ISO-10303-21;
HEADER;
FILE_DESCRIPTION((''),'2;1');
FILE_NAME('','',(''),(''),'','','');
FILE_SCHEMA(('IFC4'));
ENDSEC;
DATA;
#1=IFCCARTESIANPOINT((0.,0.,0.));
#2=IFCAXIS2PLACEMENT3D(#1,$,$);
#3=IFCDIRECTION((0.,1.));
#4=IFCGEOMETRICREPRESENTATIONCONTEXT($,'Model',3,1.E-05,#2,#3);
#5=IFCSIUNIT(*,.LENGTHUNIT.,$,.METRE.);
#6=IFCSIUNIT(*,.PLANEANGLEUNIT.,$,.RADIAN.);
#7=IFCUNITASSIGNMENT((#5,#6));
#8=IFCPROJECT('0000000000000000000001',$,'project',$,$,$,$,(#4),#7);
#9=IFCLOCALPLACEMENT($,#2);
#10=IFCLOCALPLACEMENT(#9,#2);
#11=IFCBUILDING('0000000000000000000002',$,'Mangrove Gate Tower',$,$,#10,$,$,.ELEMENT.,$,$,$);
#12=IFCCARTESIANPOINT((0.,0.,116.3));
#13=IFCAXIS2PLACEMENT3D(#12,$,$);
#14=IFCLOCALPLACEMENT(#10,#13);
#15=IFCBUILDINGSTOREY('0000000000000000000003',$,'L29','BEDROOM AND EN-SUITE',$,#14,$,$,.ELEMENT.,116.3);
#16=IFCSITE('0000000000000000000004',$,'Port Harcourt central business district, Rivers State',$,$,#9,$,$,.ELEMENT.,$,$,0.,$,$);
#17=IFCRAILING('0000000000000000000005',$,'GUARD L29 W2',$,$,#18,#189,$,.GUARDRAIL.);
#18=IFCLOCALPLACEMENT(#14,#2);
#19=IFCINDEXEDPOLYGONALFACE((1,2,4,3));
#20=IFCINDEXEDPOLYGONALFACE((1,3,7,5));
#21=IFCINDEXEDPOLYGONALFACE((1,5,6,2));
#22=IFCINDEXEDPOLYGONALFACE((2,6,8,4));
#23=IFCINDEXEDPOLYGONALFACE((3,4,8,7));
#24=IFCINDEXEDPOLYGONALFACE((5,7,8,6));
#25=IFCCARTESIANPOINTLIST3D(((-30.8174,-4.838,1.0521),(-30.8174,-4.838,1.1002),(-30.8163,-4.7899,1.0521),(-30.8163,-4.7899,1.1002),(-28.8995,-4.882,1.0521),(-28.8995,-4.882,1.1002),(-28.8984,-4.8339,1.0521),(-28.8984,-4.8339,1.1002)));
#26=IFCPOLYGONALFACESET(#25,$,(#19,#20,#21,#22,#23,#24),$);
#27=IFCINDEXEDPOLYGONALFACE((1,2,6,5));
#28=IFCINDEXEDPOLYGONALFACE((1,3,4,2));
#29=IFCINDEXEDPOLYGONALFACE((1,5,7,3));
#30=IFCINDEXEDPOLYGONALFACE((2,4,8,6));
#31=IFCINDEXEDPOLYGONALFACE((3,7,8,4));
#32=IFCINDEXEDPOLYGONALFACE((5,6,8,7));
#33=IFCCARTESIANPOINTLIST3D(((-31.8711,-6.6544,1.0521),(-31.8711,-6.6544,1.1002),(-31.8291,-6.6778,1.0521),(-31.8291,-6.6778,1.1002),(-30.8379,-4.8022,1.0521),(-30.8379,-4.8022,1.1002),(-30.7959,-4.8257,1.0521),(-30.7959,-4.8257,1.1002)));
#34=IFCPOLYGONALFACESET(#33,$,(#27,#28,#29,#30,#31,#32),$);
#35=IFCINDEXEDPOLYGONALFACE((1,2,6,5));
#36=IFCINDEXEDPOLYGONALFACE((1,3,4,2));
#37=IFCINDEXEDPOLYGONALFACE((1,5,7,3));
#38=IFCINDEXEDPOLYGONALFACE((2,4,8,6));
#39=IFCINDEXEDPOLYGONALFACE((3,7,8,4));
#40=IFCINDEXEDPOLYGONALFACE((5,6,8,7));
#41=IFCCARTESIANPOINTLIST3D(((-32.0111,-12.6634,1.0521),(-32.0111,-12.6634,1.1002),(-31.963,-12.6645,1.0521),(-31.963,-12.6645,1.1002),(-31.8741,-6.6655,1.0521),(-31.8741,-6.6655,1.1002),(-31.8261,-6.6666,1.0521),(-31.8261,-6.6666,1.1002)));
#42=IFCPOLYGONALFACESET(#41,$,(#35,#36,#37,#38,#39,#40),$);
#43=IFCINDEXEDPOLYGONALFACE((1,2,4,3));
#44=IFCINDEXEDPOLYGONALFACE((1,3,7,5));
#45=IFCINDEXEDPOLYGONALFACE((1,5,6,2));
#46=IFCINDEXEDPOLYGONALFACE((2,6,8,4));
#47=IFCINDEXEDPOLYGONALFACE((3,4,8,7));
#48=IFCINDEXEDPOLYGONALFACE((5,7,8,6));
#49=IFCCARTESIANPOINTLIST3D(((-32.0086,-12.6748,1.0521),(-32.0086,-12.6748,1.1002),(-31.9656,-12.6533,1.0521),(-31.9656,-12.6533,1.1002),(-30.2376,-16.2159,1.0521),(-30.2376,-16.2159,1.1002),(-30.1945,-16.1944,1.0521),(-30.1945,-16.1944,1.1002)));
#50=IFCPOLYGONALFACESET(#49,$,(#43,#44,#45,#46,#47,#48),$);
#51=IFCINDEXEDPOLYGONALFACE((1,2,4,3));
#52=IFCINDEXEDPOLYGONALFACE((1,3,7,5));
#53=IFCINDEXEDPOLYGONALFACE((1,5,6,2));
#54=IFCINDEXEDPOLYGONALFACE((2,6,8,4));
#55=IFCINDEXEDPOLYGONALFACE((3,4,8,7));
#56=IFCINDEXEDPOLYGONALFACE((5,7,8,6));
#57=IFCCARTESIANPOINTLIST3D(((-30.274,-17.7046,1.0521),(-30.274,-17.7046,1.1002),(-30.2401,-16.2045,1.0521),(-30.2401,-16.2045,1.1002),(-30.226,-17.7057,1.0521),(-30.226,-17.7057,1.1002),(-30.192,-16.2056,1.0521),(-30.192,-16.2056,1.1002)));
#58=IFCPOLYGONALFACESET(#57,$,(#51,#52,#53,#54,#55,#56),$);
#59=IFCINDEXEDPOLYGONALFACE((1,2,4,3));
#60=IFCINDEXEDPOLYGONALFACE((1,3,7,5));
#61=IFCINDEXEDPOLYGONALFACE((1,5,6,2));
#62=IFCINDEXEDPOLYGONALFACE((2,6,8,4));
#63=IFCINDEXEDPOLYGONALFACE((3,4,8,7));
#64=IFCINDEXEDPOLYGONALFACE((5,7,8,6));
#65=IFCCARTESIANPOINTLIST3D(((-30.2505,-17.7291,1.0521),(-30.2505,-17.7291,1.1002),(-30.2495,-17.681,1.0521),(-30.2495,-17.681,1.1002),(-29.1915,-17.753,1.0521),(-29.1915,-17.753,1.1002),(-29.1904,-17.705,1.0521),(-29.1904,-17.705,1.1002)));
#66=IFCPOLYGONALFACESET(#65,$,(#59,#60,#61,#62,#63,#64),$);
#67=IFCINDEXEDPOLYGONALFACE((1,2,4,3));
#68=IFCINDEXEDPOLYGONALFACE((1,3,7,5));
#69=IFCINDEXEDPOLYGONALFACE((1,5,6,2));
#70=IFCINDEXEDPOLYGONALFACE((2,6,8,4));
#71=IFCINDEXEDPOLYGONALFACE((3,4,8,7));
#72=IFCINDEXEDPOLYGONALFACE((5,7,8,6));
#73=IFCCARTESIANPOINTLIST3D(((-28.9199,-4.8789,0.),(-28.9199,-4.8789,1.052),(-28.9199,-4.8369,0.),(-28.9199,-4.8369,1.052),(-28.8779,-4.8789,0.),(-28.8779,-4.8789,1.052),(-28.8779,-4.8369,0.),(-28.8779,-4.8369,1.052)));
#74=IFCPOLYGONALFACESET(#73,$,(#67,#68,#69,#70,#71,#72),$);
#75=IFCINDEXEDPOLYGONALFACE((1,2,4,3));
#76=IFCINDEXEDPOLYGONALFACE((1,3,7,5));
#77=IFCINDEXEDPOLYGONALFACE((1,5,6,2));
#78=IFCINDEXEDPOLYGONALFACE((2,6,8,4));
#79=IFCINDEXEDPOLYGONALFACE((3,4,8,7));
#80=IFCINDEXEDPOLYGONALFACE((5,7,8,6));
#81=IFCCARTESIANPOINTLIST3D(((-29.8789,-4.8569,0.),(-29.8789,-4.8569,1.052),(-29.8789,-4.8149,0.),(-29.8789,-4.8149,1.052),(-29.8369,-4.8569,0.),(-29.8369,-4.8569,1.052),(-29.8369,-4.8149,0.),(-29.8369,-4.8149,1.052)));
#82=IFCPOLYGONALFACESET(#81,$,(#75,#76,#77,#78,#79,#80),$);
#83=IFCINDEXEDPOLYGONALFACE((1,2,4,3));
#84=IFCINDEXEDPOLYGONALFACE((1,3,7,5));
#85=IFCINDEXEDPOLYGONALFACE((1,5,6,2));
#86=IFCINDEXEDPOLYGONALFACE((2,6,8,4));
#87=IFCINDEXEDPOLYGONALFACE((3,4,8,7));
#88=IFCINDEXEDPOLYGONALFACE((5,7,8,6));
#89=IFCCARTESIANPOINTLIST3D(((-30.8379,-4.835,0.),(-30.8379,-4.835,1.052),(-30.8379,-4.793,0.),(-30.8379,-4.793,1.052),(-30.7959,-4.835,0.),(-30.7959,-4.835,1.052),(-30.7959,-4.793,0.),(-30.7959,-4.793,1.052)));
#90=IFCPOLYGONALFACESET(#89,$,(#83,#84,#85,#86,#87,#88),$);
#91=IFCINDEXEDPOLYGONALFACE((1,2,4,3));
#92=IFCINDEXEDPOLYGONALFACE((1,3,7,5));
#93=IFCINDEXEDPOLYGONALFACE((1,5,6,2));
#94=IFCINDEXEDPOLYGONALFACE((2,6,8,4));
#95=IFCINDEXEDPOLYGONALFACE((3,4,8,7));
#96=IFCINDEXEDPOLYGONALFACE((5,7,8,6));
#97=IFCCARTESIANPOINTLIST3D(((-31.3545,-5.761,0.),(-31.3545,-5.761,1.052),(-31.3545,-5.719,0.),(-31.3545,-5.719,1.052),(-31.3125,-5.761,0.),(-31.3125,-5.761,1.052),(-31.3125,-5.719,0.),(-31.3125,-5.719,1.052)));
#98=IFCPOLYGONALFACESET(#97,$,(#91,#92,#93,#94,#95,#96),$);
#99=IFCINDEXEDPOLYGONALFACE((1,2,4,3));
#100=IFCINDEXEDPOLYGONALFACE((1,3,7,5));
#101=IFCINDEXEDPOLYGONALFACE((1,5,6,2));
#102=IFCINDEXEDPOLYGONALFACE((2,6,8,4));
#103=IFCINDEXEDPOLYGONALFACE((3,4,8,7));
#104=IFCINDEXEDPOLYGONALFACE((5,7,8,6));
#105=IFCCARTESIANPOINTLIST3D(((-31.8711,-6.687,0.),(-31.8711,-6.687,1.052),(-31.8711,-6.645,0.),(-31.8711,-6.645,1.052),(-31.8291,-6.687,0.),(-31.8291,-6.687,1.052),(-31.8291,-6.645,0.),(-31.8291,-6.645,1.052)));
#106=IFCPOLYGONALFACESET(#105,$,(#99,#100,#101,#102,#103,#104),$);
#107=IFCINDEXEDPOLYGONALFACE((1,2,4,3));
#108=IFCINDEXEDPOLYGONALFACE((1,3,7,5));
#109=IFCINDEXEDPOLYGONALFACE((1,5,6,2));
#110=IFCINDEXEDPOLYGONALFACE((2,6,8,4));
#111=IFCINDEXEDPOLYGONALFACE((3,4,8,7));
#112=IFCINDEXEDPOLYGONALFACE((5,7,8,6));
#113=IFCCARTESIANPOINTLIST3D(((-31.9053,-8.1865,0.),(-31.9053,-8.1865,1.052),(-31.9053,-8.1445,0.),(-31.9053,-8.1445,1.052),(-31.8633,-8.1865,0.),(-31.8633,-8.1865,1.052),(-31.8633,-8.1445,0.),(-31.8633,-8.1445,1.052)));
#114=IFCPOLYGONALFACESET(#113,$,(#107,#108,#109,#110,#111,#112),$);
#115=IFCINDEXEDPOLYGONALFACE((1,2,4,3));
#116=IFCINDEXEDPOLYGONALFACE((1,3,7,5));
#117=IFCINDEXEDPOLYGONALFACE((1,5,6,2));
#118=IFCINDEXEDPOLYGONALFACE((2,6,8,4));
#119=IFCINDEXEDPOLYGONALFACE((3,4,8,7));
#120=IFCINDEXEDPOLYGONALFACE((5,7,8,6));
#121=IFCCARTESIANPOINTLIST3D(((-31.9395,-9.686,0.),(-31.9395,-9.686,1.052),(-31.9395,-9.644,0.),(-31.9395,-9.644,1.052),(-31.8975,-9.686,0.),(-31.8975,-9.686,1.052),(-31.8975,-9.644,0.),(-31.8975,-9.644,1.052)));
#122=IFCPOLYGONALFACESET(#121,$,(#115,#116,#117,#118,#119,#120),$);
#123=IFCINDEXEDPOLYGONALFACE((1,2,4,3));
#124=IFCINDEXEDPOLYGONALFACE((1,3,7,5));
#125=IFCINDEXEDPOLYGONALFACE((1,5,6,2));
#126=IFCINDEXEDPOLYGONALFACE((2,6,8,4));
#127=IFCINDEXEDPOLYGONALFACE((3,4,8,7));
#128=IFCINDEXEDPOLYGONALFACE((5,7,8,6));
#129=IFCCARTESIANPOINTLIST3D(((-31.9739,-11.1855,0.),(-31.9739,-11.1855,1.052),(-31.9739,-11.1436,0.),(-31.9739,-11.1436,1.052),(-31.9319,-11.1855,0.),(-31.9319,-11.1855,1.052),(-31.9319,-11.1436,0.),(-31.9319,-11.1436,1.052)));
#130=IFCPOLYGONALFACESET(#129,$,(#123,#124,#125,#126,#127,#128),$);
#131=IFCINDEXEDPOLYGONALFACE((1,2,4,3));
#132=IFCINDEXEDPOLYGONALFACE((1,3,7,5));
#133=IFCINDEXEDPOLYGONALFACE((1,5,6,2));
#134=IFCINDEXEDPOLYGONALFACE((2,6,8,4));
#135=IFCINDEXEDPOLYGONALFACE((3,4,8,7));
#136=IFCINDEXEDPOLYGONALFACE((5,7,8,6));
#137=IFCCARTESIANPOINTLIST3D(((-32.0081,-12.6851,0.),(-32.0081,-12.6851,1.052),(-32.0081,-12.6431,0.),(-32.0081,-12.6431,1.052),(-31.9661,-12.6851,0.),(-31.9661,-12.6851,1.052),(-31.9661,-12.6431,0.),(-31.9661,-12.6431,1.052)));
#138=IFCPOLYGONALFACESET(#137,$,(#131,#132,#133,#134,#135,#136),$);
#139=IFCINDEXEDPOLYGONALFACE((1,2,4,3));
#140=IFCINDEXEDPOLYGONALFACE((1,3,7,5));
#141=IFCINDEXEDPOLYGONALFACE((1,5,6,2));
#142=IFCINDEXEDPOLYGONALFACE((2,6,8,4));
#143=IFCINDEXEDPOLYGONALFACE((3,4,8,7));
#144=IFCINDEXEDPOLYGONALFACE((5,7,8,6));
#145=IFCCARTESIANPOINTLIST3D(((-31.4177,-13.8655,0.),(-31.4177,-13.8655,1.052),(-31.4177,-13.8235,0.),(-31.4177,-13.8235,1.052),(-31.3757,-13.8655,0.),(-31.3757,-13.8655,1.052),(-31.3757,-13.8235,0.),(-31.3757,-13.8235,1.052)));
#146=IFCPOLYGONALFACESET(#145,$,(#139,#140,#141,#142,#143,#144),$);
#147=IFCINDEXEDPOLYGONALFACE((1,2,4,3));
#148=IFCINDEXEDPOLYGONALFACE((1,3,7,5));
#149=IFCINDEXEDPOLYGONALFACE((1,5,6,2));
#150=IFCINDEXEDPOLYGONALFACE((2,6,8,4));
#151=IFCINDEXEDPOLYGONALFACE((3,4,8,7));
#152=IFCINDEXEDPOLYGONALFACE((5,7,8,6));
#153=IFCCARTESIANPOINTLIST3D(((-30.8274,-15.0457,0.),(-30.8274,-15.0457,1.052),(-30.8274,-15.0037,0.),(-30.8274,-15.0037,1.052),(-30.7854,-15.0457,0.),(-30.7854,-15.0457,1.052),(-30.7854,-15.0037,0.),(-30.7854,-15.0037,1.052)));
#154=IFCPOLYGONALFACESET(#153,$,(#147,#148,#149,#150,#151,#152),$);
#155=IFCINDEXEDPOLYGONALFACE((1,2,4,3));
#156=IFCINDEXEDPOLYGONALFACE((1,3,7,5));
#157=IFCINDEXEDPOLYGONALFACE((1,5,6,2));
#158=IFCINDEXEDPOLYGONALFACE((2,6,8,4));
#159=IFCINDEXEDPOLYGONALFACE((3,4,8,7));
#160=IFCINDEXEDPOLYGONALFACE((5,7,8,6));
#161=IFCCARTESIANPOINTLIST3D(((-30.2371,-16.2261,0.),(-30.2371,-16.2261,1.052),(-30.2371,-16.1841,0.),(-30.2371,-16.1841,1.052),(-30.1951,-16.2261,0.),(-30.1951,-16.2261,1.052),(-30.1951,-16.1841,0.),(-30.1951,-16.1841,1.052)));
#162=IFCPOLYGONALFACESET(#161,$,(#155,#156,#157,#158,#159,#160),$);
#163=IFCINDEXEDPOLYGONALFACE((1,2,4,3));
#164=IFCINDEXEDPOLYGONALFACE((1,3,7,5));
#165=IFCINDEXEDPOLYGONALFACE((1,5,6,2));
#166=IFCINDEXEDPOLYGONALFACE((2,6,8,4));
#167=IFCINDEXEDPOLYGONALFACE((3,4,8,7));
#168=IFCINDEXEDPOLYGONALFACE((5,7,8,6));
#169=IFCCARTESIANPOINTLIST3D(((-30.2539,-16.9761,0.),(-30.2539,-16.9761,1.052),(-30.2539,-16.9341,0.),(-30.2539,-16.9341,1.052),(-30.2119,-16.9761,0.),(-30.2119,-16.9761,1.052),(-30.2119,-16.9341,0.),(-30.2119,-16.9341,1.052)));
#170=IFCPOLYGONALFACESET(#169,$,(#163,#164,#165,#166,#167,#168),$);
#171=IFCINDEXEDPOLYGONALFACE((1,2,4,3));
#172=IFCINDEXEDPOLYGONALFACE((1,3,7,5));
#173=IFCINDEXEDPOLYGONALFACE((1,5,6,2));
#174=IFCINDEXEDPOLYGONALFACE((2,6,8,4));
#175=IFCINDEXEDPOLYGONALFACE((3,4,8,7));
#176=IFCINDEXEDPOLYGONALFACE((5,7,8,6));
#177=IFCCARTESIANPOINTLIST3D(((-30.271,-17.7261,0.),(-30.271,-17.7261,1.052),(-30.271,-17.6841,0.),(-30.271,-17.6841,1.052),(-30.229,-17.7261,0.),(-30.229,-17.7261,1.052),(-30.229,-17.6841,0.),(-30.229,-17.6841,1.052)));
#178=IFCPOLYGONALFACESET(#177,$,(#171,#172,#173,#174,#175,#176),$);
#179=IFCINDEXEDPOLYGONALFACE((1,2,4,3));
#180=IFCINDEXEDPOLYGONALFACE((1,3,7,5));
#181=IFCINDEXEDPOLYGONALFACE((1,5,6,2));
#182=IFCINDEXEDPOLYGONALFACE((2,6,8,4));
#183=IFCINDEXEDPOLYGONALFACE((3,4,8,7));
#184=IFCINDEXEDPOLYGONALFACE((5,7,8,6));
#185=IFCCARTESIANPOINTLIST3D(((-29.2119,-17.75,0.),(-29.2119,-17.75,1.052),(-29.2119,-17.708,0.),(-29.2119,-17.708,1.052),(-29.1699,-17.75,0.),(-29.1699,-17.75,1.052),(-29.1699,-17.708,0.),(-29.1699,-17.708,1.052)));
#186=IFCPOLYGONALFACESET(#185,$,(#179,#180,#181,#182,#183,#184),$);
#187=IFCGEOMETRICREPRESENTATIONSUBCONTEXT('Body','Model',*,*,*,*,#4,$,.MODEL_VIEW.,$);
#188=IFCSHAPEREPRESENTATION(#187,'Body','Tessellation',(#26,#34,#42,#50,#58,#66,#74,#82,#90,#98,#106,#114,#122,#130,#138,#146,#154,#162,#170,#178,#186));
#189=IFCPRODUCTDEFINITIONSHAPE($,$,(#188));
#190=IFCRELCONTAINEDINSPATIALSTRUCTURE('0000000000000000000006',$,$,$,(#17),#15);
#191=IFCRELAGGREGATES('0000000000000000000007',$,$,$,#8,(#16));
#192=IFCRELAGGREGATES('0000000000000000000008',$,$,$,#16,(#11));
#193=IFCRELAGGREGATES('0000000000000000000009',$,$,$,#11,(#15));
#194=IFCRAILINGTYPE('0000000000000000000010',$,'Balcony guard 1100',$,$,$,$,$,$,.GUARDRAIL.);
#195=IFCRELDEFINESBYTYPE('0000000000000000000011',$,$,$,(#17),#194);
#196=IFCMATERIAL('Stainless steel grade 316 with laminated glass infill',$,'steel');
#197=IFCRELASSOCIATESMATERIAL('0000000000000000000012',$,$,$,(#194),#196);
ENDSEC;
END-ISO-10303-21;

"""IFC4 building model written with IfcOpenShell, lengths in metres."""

from ifc_helpers import new_model, si_unit, direction, frame, origin, origin_2d, place, context, subcontext, project, spatial, rectangle, extrude, material, type_object, element, save


model = new_model("IFC4")

# Units and contexts
model_context = context("Model", 3, precision=1e-05, world=origin(), true_north=direction((0.0, 1.0)))
body_context = subcontext(model_context, "Body", "Model", "MODEL_VIEW")
ifc_project = project(units=[si_unit("LENGTHUNIT", "METRE"), si_unit("PLANEANGLEUNIT", "RADIAN")], contexts=[model_context])

# Site, building, storey
site_placement = place(None, origin())
site = spatial("IfcSite", under=ifc_project, at=site_placement, Name="Port Harcourt central business district, Rivers State", CompositionType="ELEMENT", RefElevation=0.0)
building_placement = place(site_placement, origin())
building = spatial("IfcBuilding", under=site, at=building_placement, Name="Mangrove Gate Tower", CompositionType="ELEMENT")
storey_placement = place(building_placement, frame((0.0, 0.0, 116.3)))
storey = spatial("IfcBuildingStorey", under=building, at=storey_placement, Name="L29", Description="BEDROOM AND EN-SUITE", CompositionType="ELEMENT", Elevation=116.3)

# Railing
ifc_material_1 = material(Name="Stainless steel grade 316 with laminated glass infill", Category="steel")
railing_type = type_object("IfcRailingType", Name="Balcony guard 1100", PredefinedType="GUARDRAIL", material=ifc_material_1)
railing_placement = place(storey_placement, frame((-28.8989, -4.8579, 0.0)))
element("IfcRailing", 1, at=railing_placement, inside=storey, type_object=railing_type, Name="GUARD L29 W2", PredefinedType="GUARDRAIL", context=body_context, shape_type="SweptSolid", body=[
    extrude(rectangle(XDim=0.0481, YDim=0.0481, at=origin_2d()), frame((0.0, 0.0, 1.0762), z_axis=(-0.999738, 0.022906, 0.0), x_axis=(-0.022906, -0.999738, 0.0)), (0.0, 0.0, 1.0), 1.9185),
    extrude(rectangle(XDim=0.0481, YDim=0.0481, at=origin_2d()), frame((-1.918, 0.0439, 1.0762), z_axis=(-0.487187, -0.873298, 0.0), x_axis=(0.873298, -0.487187, 0.0)), (0.0, 0.0, 1.0), 2.1208),
    extrude(rectangle(XDim=0.0481, YDim=0.0481, at=origin_2d()), frame((-2.9512, -1.8081, 1.0762), z_axis=(-0.022829, -0.999739, 0.0), x_axis=(0.999739, -0.022829, 0.0)), (0.0, 0.0, 1.0), 5.9995),
    extrude(rectangle(XDim=0.0481, YDim=0.0481, at=origin_2d()), frame((-3.0881, -7.8062, 1.0762), z_axis=(0.447312, -0.894378, 0.0), x_axis=(0.894378, 0.447312, 0.0)), (0.0, 0.0, 1.0), 3.9592),
    extrude(rectangle(XDim=0.0481, YDim=0.0481, at=origin_2d()), frame((-1.3171, -11.3472, 1.0762), z_axis=(-0.022618, -0.999744, 0.0), x_axis=(0.999744, -0.022618, 0.0)), (0.0, 0.0, 1.0), 1.5005),
    extrude(rectangle(XDim=0.0481, YDim=0.0481, at=origin_2d()), frame((-1.3511, -12.8472, 1.0762), z_axis=(0.999745, -0.022585, 0.0), x_axis=(0.022585, 0.999745, 0.0)), (0.0, 0.0, 1.0), 1.0593),
    extrude(rectangle(XDim=0.042, YDim=0.042, at=origin_2d()), origin(), (0.0, 0.0, 1.0), 1.052),
    extrude(rectangle(XDim=0.042, YDim=0.042, at=origin_2d()), frame((-0.959, 0.022, 0.0)), (0.0, 0.0, 1.0), 1.052),
    extrude(rectangle(XDim=0.042, YDim=0.042, at=origin_2d()), frame((-1.918, 0.0439, 0.0)), (0.0, 0.0, 1.0), 1.052),
    extrude(rectangle(XDim=0.042, YDim=0.042, at=origin_2d()), frame((-2.4346, -0.8821, 0.0)), (0.0, 0.0, 1.0), 1.052),
    extrude(rectangle(XDim=0.042, YDim=0.042, at=origin_2d()), frame((-2.9512, -1.8081, 0.0)), (0.0, 0.0, 1.0), 1.052),
    extrude(rectangle(XDim=0.042, YDim=0.042, at=origin_2d()), frame((-2.9854, -3.3076, 0.0)), (0.0, 0.0, 1.0), 1.052),
    extrude(rectangle(XDim=0.042, YDim=0.042, at=origin_2d()), frame((-3.0195, -4.8071, 0.0)), (0.0, 0.0, 1.0), 1.052),
    extrude(rectangle(XDim=0.042, YDim=0.042, at=origin_2d()), frame((-3.054, -6.3066, 0.0)), (0.0, 0.0, 1.0), 1.052),
    extrude(rectangle(XDim=0.042, YDim=0.042, at=origin_2d()), frame((-3.0881, -7.8062, 0.0)), (0.0, 0.0, 1.0), 1.052),
    extrude(rectangle(XDim=0.042, YDim=0.042, at=origin_2d()), frame((-2.4978, -8.9866, 0.0)), (0.0, 0.0, 1.0), 1.052),
    extrude(rectangle(XDim=0.042, YDim=0.042, at=origin_2d()), frame((-1.9075, -10.1667, 0.0)), (0.0, 0.0, 1.0), 1.052),
    extrude(rectangle(XDim=0.042, YDim=0.042, at=origin_2d()), frame((-1.3171, -11.3472, 0.0)), (0.0, 0.0, 1.0), 1.052),
    extrude(rectangle(XDim=0.042, YDim=0.042, at=origin_2d()), frame((-1.334, -12.0972, 0.0)), (0.0, 0.0, 1.0), 1.052),
    extrude(rectangle(XDim=0.042, YDim=0.042, at=origin_2d()), frame((-1.3511, -12.8472, 0.0)), (0.0, 0.0, 1.0), 1.052),
    extrude(rectangle(XDim=0.042, YDim=0.042, at=origin_2d()), frame((-0.292, -12.8711, 0.0)), (0.0, 0.0, 1.0), 1.052),
])

save(model, "model.ifc")
